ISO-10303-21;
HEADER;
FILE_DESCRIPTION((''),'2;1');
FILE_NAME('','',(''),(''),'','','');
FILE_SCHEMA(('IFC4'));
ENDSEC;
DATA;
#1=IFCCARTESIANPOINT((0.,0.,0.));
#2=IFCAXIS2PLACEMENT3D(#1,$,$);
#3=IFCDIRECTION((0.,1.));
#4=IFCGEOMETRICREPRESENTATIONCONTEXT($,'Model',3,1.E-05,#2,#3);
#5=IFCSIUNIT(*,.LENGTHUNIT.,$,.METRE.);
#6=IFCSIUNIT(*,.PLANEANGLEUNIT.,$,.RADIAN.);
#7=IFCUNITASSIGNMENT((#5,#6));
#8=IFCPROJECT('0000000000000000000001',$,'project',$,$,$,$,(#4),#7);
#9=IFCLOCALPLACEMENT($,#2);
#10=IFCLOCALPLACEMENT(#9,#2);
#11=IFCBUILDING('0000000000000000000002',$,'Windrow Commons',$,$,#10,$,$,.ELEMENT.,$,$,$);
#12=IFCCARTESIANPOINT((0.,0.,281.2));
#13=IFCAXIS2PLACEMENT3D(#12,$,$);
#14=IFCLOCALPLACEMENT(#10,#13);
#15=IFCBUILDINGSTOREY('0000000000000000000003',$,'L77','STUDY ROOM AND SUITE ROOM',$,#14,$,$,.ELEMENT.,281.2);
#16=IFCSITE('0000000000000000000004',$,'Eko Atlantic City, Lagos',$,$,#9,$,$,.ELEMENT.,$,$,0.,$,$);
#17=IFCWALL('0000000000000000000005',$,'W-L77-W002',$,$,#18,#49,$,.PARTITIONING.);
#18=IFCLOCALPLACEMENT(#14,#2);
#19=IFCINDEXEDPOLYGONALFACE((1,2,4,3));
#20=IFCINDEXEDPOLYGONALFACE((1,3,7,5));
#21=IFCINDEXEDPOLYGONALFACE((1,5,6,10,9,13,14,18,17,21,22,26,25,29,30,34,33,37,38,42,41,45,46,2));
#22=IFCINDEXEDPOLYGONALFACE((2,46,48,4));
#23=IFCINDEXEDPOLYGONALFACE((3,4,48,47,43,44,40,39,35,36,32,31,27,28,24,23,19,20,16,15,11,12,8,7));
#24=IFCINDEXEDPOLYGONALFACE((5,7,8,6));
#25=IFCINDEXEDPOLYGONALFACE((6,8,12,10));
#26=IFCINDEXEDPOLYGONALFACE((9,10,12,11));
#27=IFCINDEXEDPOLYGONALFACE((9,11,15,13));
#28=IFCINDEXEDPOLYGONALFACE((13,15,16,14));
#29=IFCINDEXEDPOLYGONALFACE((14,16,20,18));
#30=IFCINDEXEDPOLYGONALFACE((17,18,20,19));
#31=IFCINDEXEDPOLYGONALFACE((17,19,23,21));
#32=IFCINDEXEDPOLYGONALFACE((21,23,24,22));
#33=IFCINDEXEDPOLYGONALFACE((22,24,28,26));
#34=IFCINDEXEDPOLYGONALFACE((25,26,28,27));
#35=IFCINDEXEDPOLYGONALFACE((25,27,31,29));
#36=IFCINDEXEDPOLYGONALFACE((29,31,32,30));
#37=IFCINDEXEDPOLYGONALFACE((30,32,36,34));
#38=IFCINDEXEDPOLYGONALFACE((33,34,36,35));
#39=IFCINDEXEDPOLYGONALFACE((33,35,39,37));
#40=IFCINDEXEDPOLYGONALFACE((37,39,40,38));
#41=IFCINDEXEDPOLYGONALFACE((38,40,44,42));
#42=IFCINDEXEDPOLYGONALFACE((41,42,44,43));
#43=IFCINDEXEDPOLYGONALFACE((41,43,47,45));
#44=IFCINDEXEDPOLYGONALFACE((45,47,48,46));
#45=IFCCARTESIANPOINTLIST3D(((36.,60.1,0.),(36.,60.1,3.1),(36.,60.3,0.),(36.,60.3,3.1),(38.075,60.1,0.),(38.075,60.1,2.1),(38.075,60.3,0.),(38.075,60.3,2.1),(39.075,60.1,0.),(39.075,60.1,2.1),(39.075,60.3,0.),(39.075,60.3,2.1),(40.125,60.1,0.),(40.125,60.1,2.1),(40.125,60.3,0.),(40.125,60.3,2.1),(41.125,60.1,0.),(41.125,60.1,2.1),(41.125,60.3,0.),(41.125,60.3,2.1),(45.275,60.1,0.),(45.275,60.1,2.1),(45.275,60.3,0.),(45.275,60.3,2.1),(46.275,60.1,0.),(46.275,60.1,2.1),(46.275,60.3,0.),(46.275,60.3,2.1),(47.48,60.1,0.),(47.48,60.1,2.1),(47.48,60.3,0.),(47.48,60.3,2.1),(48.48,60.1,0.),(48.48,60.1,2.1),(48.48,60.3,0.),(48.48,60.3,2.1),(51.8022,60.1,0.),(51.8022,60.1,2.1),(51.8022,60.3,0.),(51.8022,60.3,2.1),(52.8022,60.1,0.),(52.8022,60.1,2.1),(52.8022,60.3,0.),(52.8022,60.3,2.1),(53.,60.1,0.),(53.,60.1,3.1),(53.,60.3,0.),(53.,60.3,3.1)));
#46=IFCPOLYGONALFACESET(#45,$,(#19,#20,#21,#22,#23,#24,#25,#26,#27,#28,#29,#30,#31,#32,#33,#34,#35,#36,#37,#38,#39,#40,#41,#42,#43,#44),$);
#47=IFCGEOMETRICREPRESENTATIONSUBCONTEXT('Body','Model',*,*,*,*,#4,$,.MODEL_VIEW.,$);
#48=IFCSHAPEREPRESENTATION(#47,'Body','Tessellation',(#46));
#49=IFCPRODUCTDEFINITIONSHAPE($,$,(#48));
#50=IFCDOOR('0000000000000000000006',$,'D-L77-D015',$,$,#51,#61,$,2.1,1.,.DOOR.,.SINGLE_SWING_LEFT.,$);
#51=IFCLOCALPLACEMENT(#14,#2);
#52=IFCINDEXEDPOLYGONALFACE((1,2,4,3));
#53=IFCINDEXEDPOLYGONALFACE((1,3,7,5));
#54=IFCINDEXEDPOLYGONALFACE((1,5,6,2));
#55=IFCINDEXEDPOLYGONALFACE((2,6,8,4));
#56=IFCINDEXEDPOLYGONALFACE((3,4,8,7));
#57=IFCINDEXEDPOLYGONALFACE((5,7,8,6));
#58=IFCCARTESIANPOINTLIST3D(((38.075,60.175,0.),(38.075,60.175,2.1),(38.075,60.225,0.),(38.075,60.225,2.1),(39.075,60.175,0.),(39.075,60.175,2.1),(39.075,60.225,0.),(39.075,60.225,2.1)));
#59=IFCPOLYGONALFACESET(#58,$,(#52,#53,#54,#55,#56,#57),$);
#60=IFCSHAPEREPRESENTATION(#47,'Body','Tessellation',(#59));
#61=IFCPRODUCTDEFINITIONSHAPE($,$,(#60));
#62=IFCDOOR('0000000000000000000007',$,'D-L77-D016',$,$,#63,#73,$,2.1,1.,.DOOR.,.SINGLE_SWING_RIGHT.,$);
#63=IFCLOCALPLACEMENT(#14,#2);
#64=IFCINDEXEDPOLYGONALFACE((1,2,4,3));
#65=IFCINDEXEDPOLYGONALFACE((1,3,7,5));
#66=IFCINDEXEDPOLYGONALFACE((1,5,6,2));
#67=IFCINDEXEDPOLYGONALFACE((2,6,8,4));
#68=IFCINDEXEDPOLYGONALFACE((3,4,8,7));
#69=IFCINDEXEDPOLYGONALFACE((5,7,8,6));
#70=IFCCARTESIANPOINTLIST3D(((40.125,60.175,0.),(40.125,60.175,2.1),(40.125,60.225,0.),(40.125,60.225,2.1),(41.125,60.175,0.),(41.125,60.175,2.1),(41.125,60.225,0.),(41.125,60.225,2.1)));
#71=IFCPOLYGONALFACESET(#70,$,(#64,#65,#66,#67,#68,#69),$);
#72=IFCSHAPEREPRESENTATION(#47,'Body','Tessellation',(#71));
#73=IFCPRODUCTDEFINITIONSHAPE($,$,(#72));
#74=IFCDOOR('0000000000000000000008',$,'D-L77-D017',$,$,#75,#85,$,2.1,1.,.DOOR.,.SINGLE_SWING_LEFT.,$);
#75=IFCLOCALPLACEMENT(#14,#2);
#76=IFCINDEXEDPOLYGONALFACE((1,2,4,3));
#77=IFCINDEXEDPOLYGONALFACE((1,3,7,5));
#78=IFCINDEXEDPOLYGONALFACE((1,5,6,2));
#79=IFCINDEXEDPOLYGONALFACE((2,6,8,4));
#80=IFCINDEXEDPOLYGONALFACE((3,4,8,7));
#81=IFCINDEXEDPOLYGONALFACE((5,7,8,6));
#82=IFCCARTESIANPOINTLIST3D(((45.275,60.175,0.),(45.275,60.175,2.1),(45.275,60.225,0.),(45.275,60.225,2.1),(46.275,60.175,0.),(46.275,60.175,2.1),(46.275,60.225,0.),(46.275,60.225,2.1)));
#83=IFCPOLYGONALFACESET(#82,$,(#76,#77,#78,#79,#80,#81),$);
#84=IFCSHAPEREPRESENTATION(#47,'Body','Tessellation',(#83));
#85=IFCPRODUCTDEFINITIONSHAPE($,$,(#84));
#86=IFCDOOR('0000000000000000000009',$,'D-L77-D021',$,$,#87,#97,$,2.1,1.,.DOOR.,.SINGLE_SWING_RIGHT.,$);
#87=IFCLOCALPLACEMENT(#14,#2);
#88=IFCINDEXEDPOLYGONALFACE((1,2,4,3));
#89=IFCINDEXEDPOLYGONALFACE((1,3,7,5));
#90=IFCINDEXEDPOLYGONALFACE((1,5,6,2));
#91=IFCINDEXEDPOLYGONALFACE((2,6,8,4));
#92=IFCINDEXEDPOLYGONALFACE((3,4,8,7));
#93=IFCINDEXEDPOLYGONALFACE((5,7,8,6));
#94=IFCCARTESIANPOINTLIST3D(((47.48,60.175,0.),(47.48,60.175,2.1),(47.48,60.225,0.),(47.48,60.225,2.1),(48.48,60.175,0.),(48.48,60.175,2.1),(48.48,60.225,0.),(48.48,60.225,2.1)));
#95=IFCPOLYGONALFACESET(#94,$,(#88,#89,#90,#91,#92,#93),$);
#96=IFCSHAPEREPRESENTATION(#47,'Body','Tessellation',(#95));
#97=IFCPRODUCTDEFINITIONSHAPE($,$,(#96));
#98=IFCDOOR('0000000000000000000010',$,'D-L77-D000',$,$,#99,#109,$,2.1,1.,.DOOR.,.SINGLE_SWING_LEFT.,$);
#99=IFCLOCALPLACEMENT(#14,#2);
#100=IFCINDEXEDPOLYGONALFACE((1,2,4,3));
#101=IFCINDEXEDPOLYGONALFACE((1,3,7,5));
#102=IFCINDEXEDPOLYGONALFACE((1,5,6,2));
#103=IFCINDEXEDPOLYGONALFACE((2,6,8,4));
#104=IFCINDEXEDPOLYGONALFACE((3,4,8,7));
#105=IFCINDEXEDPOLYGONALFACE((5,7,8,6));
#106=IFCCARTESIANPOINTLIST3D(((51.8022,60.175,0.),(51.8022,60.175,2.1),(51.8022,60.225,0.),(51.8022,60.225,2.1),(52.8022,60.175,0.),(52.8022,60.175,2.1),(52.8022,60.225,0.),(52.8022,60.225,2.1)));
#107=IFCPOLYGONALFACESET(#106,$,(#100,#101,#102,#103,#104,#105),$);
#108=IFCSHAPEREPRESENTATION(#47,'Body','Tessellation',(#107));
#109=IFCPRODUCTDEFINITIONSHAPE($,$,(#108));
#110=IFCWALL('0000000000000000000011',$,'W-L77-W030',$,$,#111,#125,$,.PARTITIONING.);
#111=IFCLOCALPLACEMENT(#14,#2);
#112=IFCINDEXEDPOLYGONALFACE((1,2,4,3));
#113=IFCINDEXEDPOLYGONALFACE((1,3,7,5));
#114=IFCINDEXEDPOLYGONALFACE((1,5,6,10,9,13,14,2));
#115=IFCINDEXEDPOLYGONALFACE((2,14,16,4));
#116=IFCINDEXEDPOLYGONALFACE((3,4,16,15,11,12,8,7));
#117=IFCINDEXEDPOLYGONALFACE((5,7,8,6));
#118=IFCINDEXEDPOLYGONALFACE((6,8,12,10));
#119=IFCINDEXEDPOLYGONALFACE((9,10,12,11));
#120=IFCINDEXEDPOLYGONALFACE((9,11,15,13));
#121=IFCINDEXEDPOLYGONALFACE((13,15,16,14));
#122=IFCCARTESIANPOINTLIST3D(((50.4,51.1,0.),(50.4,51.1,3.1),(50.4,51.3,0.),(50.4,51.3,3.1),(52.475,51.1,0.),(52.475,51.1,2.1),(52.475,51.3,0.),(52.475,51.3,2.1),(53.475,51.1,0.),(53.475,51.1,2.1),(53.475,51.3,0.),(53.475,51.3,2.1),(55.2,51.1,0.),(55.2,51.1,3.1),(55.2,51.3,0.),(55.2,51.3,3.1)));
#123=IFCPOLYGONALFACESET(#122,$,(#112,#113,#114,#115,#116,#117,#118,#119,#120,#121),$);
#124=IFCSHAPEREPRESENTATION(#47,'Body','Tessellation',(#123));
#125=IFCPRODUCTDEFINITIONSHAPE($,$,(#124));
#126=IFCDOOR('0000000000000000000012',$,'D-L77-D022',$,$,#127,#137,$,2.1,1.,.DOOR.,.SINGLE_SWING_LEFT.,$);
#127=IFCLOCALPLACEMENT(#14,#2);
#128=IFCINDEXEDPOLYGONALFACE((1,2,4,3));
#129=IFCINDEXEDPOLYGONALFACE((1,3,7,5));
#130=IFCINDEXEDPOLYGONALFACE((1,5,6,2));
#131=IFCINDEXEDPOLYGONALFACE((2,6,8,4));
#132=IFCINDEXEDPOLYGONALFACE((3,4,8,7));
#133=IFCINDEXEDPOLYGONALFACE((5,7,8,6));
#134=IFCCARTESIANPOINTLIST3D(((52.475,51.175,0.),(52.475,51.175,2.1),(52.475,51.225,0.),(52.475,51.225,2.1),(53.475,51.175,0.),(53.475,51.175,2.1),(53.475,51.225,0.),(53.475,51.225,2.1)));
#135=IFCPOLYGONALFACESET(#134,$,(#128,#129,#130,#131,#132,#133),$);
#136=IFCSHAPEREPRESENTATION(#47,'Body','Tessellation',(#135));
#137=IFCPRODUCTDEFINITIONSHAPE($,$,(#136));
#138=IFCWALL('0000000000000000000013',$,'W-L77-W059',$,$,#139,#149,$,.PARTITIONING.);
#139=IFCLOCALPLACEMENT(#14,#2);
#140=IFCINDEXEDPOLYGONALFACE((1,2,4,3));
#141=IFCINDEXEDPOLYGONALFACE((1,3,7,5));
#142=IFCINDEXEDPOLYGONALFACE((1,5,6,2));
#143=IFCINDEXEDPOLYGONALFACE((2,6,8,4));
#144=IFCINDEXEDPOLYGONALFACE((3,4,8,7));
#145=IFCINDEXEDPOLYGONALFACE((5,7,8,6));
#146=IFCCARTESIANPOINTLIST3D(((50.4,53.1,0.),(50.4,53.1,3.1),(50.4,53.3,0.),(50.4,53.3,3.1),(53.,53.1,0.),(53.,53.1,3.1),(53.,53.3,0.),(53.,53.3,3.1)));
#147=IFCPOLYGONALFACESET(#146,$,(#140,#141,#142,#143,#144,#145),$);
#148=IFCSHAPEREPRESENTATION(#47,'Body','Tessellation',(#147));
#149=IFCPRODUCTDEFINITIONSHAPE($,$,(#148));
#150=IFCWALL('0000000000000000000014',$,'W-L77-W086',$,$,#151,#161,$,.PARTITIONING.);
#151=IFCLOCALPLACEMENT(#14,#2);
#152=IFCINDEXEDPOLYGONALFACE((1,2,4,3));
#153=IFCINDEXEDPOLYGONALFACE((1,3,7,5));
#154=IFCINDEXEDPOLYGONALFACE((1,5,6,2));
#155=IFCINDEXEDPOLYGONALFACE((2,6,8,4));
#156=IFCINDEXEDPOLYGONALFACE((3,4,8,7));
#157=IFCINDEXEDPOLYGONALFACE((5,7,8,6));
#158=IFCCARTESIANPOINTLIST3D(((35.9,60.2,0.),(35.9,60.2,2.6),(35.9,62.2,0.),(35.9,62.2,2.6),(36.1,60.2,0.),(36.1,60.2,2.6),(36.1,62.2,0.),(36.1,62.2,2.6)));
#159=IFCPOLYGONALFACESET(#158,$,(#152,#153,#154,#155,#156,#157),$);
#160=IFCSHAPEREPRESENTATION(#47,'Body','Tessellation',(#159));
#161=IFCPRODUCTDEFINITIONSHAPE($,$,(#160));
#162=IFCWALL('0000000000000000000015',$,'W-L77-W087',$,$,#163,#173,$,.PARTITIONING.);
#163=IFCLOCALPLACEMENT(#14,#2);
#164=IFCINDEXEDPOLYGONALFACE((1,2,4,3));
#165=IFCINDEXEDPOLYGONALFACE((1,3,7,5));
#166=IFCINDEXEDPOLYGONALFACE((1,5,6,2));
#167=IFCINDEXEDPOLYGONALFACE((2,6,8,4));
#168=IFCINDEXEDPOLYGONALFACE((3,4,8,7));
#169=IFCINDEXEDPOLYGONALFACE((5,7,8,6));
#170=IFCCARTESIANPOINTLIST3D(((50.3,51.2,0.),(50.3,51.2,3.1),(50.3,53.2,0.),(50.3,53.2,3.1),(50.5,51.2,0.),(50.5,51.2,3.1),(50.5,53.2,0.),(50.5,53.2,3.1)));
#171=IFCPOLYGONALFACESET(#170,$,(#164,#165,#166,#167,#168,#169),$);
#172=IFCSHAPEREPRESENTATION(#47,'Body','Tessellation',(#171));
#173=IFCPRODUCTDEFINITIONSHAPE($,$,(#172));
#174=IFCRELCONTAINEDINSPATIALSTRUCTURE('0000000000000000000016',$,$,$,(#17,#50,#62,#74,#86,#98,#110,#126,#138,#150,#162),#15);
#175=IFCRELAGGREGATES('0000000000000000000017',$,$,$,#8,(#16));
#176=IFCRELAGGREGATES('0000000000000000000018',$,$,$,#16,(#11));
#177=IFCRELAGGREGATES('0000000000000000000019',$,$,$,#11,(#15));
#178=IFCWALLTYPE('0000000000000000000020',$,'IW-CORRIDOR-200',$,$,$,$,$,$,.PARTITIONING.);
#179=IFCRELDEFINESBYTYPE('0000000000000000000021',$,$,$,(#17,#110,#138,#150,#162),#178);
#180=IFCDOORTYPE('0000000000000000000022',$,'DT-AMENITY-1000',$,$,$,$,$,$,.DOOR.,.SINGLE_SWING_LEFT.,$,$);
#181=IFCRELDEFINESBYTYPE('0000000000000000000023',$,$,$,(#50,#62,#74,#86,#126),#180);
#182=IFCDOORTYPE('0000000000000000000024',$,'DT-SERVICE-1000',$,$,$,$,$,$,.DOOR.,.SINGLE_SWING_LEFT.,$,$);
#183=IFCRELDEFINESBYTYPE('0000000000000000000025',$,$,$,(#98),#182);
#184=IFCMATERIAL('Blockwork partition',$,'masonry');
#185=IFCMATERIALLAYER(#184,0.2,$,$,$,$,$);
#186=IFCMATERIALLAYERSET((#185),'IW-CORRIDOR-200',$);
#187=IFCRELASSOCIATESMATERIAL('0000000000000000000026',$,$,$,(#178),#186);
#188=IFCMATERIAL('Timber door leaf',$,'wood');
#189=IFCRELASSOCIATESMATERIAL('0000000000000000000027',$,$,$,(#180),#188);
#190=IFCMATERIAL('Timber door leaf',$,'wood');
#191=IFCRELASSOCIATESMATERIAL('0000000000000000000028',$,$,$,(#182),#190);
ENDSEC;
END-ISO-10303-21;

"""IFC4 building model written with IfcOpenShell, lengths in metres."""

from ifc_helpers import new_model, si_unit, direction, frame, frame_2d, origin, place, context, subcontext, project, spatial, rectangle, extrude, material, layer, layer_set, type_object, element, fill, save


model = new_model("IFC4")

# Units and contexts
model_context = context("Model", 3, precision=1e-05, world=origin(), true_north=direction((0.0, 1.0)))
body_context = subcontext(model_context, "Body", "Model", "MODEL_VIEW")
ifc_project = project(units=[si_unit("LENGTHUNIT", "METRE"), si_unit("PLANEANGLEUNIT", "RADIAN")], contexts=[model_context])

# Site, building, storey
site_placement = place(None, origin())
site = spatial("IfcSite", under=ifc_project, at=site_placement, Name="Eko Atlantic City, Lagos", CompositionType="ELEMENT", RefElevation=0.0)
building_placement = place(site_placement, origin())
building = spatial("IfcBuilding", under=site, at=building_placement, Name="Windrow Commons", CompositionType="ELEMENT")
storey_placement = place(building_placement, frame((0.0, 0.0, 281.2)))
storey = spatial("IfcBuildingStorey", under=building, at=storey_placement, Name="L77", Description="STUDY ROOM AND SUITE ROOM", CompositionType="ELEMENT", Elevation=281.2)

# Wall, openings, doors
ifc_material_1 = material(Name="Blockwork partition", Category="masonry")
ifc_layer_1 = layer(ifc_material_1, 0.2)
ifc_layer_set_1 = layer_set([ifc_layer_1], Name="IW-CORRIDOR-200")
wall_type_1 = type_object("IfcWallType", Name="IW-CORRIDOR-200", PredefinedType="PARTITIONING", material=ifc_layer_set_1)
wall_1_placement = place(storey_placement, frame((36.0, 60.2, 0.0), z_axis=(0.0, 0.0, 1.0), x_axis=(1.0, 0.0, 0.0)))
wall_1 = element("IfcWall", 1, at=wall_1_placement, inside=storey, type_object=wall_type_1, Name="W-L77-W002", PredefinedType="PARTITIONING", context=body_context, shape_type="SweptSolid", body=[
    extrude(rectangle(XDim=17.0, YDim=0.2, at=frame_2d((8.5, 0.0))), origin(), (0.0, 0.0, 1.0), 3.1),
])
opening_1_placement = place(wall_1_placement, frame((15.8022, 0.0, 0.0)))
opening_1 = element("IfcOpeningElement", 2, at=opening_1_placement, cuts=wall_1, PredefinedType="OPENING", context=body_context, shape_type="SweptSolid", body=[
    extrude(rectangle(XDim=1.0, YDim=2.1, at=frame_2d((0.5, 1.05))), frame((0.0, 0.11, 0.0), z_axis=(0.0, -1.0, 0.0), x_axis=(1.0, 0.0, 0.0)), (0.0, 0.0, 1.0), 0.22),
])
opening_2_placement = place(wall_1_placement, frame((2.075, 0.0, 0.0)))
opening_2 = element("IfcOpeningElement", 3, at=opening_2_placement, cuts=wall_1, PredefinedType="OPENING", context=body_context, shape_type="SweptSolid", body=[
    extrude(rectangle(XDim=1.0, YDim=2.1, at=frame_2d((0.5, 1.05))), frame((0.0, 0.11, 0.0), z_axis=(0.0, -1.0, 0.0), x_axis=(1.0, 0.0, 0.0)), (0.0, 0.0, 1.0), 0.22),
])
opening_3_placement = place(wall_1_placement, frame((4.125, 0.0, 0.0)))
opening_3 = element("IfcOpeningElement", 4, at=opening_3_placement, cuts=wall_1, PredefinedType="OPENING", context=body_context, shape_type="SweptSolid", body=[
    extrude(rectangle(XDim=1.0, YDim=2.1, at=frame_2d((0.5, 1.05))), frame((0.0, 0.11, 0.0), z_axis=(0.0, -1.0, 0.0), x_axis=(1.0, 0.0, 0.0)), (0.0, 0.0, 1.0), 0.22),
])
opening_4_placement = place(wall_1_placement, frame((9.275, 0.0, 0.0)))
opening_4 = element("IfcOpeningElement", 5, at=opening_4_placement, cuts=wall_1, PredefinedType="OPENING", context=body_context, shape_type="SweptSolid", body=[
    extrude(rectangle(XDim=1.0, YDim=2.1, at=frame_2d((0.5, 1.05))), frame((0.0, 0.11, 0.0), z_axis=(0.0, -1.0, 0.0), x_axis=(1.0, 0.0, 0.0)), (0.0, 0.0, 1.0), 0.22),
])
opening_5_placement = place(wall_1_placement, frame((11.48, 0.0, 0.0)))
opening_5 = element("IfcOpeningElement", 6, at=opening_5_placement, cuts=wall_1, PredefinedType="OPENING", context=body_context, shape_type="SweptSolid", body=[
    extrude(rectangle(XDim=1.0, YDim=2.1, at=frame_2d((0.5, 1.05))), frame((0.0, 0.11, 0.0), z_axis=(0.0, -1.0, 0.0), x_axis=(1.0, 0.0, 0.0)), (0.0, 0.0, 1.0), 0.22),
])
ifc_material_2 = material(Name="Timber door leaf", Category="wood")
door_type_1 = type_object("IfcDoorType", Name="DT-AMENITY-1000", OperationType="SINGLE_SWING_LEFT", PredefinedType="DOOR", material=ifc_material_2)
door_1_placement = place(opening_2_placement, origin())
door_1 = element("IfcDoor", 7, at=door_1_placement, inside=storey, type_object=door_type_1, Name="D-L77-D015", OperationType="SINGLE_SWING_LEFT", OverallHeight=2.1, OverallWidth=1.0, PredefinedType="DOOR", context=body_context, shape_type="SweptSolid", body=[
    extrude(rectangle(XDim=1.0, YDim=2.1, at=frame_2d((0.5, 1.05))), frame((0.0, 0.025, 0.0), z_axis=(0.0, -1.0, 0.0), x_axis=(1.0, 0.0, 0.0)), (0.0, 0.0, 1.0), 0.05),
])
fill(opening_2, door_1)
door_2_placement = place(opening_3_placement, origin())
door_2 = element("IfcDoor", 8, at=door_2_placement, inside=storey, type_object=door_type_1, Name="D-L77-D016", OperationType="SINGLE_SWING_RIGHT", OverallHeight=2.1, OverallWidth=1.0, PredefinedType="DOOR", context=body_context, shape_type="SweptSolid", body=[
    extrude(rectangle(XDim=1.0, YDim=2.1, at=frame_2d((0.5, 1.05))), frame((0.0, 0.025, 0.0), z_axis=(0.0, -1.0, 0.0), x_axis=(1.0, 0.0, 0.0)), (0.0, 0.0, 1.0), 0.05),
])
fill(opening_3, door_2)
door_3_placement = place(opening_4_placement, origin())
door_3 = element("IfcDoor", 9, at=door_3_placement, inside=storey, type_object=door_type_1, Name="D-L77-D017", OperationType="SINGLE_SWING_LEFT", OverallHeight=2.1, OverallWidth=1.0, PredefinedType="DOOR", context=body_context, shape_type="SweptSolid", body=[
    extrude(rectangle(XDim=1.0, YDim=2.1, at=frame_2d((0.5, 1.05))), frame((0.0, 0.025, 0.0), z_axis=(0.0, -1.0, 0.0), x_axis=(1.0, 0.0, 0.0)), (0.0, 0.0, 1.0), 0.05),
])
fill(opening_4, door_3)
door_4_placement = place(opening_5_placement, origin())
door_4 = element("IfcDoor", 10, at=door_4_placement, inside=storey, type_object=door_type_1, Name="D-L77-D021", OperationType="SINGLE_SWING_RIGHT", OverallHeight=2.1, OverallWidth=1.0, PredefinedType="DOOR", context=body_context, shape_type="SweptSolid", body=[
    extrude(rectangle(XDim=1.0, YDim=2.1, at=frame_2d((0.5, 1.05))), frame((0.0, 0.025, 0.0), z_axis=(0.0, -1.0, 0.0), x_axis=(1.0, 0.0, 0.0)), (0.0, 0.0, 1.0), 0.05),
])
fill(opening_5, door_4)
ifc_material_3 = material(Name="Timber door leaf", Category="wood")
door_type_2 = type_object("IfcDoorType", Name="DT-SERVICE-1000", OperationType="SINGLE_SWING_LEFT", PredefinedType="DOOR", material=ifc_material_3)
door_5_placement = place(opening_1_placement, origin())
door_5 = element("IfcDoor", 11, at=door_5_placement, inside=storey, type_object=door_type_2, Name="D-L77-D000", OperationType="SINGLE_SWING_LEFT", OverallHeight=2.1, OverallWidth=1.0, PredefinedType="DOOR", context=body_context, shape_type="SweptSolid", body=[
    extrude(rectangle(XDim=1.0, YDim=2.1, at=frame_2d((0.5, 1.05))), frame((0.0, 0.025, 0.0), z_axis=(0.0, -1.0, 0.0), x_axis=(1.0, 0.0, 0.0)), (0.0, 0.0, 1.0), 0.05),
])
fill(opening_1, door_5)

# Wall, opening, door
wall_2_placement = place(storey_placement, frame((50.4, 51.2, 0.0), z_axis=(0.0, 0.0, 1.0), x_axis=(1.0, 0.0, 0.0)))
wall_2 = element("IfcWall", 12, at=wall_2_placement, inside=storey, type_object=wall_type_1, Name="W-L77-W030", PredefinedType="PARTITIONING", context=body_context, shape_type="SweptSolid", body=[
    extrude(rectangle(XDim=4.8, YDim=0.2, at=frame_2d((2.4, 0.0))), origin(), (0.0, 0.0, 1.0), 3.1),
])
opening_6_placement = place(wall_2_placement, frame((2.075, 0.0, 0.0)))
opening_6 = element("IfcOpeningElement", 13, at=opening_6_placement, cuts=wall_2, PredefinedType="OPENING", context=body_context, shape_type="SweptSolid", body=[
    extrude(rectangle(XDim=1.0, YDim=2.1, at=frame_2d((0.5, 1.05))), frame((0.0, 0.11, 0.0), z_axis=(0.0, -1.0, 0.0), x_axis=(1.0, 0.0, 0.0)), (0.0, 0.0, 1.0), 0.22),
])
door_6_placement = place(opening_6_placement, origin())
door_6 = element("IfcDoor", 14, at=door_6_placement, inside=storey, type_object=door_type_1, Name="D-L77-D022", OperationType="SINGLE_SWING_LEFT", OverallHeight=2.1, OverallWidth=1.0, PredefinedType="DOOR", context=body_context, shape_type="SweptSolid", body=[
    extrude(rectangle(XDim=1.0, YDim=2.1, at=frame_2d((0.5, 1.05))), frame((0.0, 0.025, 0.0), z_axis=(0.0, -1.0, 0.0), x_axis=(1.0, 0.0, 0.0)), (0.0, 0.0, 1.0), 0.05),
])
fill(opening_6, door_6)

# Walls
wall_3_placement = place(storey_placement, frame((50.4, 53.2, 0.0), z_axis=(0.0, 0.0, 1.0), x_axis=(1.0, 0.0, 0.0)))
element("IfcWall", 15, at=wall_3_placement, inside=storey, type_object=wall_type_1, Name="W-L77-W059", PredefinedType="PARTITIONING", context=body_context, shape_type="SweptSolid", body=[
    extrude(rectangle(XDim=2.6, YDim=0.2, at=frame_2d((1.3, 0.0))), origin(), (0.0, 0.0, 1.0), 3.1),
])
wall_4_placement = place(storey_placement, frame((36.0, 60.2, 0.0), z_axis=(0.0, 0.0, 1.0), x_axis=(0.0, 1.0, 0.0)))
element("IfcWall", 16, at=wall_4_placement, inside=storey, type_object=wall_type_1, Name="W-L77-W086", PredefinedType="PARTITIONING", context=body_context, shape_type="SweptSolid", body=[
    extrude(rectangle(XDim=2.0, YDim=0.2, at=frame_2d((1.0, 0.0))), origin(), (0.0, 0.0, 1.0), 2.6),
])
wall_5_placement = place(storey_placement, frame((50.4, 51.2, 0.0), z_axis=(0.0, 0.0, 1.0), x_axis=(0.0, 1.0, 0.0)))
element("IfcWall", 17, at=wall_5_placement, inside=storey, type_object=wall_type_1, Name="W-L77-W087", PredefinedType="PARTITIONING", context=body_context, shape_type="SweptSolid", body=[
    extrude(rectangle(XDim=2.0, YDim=0.2, at=frame_2d((1.0, 0.0))), origin(), (0.0, 0.0, 1.0), 3.1),
])

save(model, "model.ifc")
